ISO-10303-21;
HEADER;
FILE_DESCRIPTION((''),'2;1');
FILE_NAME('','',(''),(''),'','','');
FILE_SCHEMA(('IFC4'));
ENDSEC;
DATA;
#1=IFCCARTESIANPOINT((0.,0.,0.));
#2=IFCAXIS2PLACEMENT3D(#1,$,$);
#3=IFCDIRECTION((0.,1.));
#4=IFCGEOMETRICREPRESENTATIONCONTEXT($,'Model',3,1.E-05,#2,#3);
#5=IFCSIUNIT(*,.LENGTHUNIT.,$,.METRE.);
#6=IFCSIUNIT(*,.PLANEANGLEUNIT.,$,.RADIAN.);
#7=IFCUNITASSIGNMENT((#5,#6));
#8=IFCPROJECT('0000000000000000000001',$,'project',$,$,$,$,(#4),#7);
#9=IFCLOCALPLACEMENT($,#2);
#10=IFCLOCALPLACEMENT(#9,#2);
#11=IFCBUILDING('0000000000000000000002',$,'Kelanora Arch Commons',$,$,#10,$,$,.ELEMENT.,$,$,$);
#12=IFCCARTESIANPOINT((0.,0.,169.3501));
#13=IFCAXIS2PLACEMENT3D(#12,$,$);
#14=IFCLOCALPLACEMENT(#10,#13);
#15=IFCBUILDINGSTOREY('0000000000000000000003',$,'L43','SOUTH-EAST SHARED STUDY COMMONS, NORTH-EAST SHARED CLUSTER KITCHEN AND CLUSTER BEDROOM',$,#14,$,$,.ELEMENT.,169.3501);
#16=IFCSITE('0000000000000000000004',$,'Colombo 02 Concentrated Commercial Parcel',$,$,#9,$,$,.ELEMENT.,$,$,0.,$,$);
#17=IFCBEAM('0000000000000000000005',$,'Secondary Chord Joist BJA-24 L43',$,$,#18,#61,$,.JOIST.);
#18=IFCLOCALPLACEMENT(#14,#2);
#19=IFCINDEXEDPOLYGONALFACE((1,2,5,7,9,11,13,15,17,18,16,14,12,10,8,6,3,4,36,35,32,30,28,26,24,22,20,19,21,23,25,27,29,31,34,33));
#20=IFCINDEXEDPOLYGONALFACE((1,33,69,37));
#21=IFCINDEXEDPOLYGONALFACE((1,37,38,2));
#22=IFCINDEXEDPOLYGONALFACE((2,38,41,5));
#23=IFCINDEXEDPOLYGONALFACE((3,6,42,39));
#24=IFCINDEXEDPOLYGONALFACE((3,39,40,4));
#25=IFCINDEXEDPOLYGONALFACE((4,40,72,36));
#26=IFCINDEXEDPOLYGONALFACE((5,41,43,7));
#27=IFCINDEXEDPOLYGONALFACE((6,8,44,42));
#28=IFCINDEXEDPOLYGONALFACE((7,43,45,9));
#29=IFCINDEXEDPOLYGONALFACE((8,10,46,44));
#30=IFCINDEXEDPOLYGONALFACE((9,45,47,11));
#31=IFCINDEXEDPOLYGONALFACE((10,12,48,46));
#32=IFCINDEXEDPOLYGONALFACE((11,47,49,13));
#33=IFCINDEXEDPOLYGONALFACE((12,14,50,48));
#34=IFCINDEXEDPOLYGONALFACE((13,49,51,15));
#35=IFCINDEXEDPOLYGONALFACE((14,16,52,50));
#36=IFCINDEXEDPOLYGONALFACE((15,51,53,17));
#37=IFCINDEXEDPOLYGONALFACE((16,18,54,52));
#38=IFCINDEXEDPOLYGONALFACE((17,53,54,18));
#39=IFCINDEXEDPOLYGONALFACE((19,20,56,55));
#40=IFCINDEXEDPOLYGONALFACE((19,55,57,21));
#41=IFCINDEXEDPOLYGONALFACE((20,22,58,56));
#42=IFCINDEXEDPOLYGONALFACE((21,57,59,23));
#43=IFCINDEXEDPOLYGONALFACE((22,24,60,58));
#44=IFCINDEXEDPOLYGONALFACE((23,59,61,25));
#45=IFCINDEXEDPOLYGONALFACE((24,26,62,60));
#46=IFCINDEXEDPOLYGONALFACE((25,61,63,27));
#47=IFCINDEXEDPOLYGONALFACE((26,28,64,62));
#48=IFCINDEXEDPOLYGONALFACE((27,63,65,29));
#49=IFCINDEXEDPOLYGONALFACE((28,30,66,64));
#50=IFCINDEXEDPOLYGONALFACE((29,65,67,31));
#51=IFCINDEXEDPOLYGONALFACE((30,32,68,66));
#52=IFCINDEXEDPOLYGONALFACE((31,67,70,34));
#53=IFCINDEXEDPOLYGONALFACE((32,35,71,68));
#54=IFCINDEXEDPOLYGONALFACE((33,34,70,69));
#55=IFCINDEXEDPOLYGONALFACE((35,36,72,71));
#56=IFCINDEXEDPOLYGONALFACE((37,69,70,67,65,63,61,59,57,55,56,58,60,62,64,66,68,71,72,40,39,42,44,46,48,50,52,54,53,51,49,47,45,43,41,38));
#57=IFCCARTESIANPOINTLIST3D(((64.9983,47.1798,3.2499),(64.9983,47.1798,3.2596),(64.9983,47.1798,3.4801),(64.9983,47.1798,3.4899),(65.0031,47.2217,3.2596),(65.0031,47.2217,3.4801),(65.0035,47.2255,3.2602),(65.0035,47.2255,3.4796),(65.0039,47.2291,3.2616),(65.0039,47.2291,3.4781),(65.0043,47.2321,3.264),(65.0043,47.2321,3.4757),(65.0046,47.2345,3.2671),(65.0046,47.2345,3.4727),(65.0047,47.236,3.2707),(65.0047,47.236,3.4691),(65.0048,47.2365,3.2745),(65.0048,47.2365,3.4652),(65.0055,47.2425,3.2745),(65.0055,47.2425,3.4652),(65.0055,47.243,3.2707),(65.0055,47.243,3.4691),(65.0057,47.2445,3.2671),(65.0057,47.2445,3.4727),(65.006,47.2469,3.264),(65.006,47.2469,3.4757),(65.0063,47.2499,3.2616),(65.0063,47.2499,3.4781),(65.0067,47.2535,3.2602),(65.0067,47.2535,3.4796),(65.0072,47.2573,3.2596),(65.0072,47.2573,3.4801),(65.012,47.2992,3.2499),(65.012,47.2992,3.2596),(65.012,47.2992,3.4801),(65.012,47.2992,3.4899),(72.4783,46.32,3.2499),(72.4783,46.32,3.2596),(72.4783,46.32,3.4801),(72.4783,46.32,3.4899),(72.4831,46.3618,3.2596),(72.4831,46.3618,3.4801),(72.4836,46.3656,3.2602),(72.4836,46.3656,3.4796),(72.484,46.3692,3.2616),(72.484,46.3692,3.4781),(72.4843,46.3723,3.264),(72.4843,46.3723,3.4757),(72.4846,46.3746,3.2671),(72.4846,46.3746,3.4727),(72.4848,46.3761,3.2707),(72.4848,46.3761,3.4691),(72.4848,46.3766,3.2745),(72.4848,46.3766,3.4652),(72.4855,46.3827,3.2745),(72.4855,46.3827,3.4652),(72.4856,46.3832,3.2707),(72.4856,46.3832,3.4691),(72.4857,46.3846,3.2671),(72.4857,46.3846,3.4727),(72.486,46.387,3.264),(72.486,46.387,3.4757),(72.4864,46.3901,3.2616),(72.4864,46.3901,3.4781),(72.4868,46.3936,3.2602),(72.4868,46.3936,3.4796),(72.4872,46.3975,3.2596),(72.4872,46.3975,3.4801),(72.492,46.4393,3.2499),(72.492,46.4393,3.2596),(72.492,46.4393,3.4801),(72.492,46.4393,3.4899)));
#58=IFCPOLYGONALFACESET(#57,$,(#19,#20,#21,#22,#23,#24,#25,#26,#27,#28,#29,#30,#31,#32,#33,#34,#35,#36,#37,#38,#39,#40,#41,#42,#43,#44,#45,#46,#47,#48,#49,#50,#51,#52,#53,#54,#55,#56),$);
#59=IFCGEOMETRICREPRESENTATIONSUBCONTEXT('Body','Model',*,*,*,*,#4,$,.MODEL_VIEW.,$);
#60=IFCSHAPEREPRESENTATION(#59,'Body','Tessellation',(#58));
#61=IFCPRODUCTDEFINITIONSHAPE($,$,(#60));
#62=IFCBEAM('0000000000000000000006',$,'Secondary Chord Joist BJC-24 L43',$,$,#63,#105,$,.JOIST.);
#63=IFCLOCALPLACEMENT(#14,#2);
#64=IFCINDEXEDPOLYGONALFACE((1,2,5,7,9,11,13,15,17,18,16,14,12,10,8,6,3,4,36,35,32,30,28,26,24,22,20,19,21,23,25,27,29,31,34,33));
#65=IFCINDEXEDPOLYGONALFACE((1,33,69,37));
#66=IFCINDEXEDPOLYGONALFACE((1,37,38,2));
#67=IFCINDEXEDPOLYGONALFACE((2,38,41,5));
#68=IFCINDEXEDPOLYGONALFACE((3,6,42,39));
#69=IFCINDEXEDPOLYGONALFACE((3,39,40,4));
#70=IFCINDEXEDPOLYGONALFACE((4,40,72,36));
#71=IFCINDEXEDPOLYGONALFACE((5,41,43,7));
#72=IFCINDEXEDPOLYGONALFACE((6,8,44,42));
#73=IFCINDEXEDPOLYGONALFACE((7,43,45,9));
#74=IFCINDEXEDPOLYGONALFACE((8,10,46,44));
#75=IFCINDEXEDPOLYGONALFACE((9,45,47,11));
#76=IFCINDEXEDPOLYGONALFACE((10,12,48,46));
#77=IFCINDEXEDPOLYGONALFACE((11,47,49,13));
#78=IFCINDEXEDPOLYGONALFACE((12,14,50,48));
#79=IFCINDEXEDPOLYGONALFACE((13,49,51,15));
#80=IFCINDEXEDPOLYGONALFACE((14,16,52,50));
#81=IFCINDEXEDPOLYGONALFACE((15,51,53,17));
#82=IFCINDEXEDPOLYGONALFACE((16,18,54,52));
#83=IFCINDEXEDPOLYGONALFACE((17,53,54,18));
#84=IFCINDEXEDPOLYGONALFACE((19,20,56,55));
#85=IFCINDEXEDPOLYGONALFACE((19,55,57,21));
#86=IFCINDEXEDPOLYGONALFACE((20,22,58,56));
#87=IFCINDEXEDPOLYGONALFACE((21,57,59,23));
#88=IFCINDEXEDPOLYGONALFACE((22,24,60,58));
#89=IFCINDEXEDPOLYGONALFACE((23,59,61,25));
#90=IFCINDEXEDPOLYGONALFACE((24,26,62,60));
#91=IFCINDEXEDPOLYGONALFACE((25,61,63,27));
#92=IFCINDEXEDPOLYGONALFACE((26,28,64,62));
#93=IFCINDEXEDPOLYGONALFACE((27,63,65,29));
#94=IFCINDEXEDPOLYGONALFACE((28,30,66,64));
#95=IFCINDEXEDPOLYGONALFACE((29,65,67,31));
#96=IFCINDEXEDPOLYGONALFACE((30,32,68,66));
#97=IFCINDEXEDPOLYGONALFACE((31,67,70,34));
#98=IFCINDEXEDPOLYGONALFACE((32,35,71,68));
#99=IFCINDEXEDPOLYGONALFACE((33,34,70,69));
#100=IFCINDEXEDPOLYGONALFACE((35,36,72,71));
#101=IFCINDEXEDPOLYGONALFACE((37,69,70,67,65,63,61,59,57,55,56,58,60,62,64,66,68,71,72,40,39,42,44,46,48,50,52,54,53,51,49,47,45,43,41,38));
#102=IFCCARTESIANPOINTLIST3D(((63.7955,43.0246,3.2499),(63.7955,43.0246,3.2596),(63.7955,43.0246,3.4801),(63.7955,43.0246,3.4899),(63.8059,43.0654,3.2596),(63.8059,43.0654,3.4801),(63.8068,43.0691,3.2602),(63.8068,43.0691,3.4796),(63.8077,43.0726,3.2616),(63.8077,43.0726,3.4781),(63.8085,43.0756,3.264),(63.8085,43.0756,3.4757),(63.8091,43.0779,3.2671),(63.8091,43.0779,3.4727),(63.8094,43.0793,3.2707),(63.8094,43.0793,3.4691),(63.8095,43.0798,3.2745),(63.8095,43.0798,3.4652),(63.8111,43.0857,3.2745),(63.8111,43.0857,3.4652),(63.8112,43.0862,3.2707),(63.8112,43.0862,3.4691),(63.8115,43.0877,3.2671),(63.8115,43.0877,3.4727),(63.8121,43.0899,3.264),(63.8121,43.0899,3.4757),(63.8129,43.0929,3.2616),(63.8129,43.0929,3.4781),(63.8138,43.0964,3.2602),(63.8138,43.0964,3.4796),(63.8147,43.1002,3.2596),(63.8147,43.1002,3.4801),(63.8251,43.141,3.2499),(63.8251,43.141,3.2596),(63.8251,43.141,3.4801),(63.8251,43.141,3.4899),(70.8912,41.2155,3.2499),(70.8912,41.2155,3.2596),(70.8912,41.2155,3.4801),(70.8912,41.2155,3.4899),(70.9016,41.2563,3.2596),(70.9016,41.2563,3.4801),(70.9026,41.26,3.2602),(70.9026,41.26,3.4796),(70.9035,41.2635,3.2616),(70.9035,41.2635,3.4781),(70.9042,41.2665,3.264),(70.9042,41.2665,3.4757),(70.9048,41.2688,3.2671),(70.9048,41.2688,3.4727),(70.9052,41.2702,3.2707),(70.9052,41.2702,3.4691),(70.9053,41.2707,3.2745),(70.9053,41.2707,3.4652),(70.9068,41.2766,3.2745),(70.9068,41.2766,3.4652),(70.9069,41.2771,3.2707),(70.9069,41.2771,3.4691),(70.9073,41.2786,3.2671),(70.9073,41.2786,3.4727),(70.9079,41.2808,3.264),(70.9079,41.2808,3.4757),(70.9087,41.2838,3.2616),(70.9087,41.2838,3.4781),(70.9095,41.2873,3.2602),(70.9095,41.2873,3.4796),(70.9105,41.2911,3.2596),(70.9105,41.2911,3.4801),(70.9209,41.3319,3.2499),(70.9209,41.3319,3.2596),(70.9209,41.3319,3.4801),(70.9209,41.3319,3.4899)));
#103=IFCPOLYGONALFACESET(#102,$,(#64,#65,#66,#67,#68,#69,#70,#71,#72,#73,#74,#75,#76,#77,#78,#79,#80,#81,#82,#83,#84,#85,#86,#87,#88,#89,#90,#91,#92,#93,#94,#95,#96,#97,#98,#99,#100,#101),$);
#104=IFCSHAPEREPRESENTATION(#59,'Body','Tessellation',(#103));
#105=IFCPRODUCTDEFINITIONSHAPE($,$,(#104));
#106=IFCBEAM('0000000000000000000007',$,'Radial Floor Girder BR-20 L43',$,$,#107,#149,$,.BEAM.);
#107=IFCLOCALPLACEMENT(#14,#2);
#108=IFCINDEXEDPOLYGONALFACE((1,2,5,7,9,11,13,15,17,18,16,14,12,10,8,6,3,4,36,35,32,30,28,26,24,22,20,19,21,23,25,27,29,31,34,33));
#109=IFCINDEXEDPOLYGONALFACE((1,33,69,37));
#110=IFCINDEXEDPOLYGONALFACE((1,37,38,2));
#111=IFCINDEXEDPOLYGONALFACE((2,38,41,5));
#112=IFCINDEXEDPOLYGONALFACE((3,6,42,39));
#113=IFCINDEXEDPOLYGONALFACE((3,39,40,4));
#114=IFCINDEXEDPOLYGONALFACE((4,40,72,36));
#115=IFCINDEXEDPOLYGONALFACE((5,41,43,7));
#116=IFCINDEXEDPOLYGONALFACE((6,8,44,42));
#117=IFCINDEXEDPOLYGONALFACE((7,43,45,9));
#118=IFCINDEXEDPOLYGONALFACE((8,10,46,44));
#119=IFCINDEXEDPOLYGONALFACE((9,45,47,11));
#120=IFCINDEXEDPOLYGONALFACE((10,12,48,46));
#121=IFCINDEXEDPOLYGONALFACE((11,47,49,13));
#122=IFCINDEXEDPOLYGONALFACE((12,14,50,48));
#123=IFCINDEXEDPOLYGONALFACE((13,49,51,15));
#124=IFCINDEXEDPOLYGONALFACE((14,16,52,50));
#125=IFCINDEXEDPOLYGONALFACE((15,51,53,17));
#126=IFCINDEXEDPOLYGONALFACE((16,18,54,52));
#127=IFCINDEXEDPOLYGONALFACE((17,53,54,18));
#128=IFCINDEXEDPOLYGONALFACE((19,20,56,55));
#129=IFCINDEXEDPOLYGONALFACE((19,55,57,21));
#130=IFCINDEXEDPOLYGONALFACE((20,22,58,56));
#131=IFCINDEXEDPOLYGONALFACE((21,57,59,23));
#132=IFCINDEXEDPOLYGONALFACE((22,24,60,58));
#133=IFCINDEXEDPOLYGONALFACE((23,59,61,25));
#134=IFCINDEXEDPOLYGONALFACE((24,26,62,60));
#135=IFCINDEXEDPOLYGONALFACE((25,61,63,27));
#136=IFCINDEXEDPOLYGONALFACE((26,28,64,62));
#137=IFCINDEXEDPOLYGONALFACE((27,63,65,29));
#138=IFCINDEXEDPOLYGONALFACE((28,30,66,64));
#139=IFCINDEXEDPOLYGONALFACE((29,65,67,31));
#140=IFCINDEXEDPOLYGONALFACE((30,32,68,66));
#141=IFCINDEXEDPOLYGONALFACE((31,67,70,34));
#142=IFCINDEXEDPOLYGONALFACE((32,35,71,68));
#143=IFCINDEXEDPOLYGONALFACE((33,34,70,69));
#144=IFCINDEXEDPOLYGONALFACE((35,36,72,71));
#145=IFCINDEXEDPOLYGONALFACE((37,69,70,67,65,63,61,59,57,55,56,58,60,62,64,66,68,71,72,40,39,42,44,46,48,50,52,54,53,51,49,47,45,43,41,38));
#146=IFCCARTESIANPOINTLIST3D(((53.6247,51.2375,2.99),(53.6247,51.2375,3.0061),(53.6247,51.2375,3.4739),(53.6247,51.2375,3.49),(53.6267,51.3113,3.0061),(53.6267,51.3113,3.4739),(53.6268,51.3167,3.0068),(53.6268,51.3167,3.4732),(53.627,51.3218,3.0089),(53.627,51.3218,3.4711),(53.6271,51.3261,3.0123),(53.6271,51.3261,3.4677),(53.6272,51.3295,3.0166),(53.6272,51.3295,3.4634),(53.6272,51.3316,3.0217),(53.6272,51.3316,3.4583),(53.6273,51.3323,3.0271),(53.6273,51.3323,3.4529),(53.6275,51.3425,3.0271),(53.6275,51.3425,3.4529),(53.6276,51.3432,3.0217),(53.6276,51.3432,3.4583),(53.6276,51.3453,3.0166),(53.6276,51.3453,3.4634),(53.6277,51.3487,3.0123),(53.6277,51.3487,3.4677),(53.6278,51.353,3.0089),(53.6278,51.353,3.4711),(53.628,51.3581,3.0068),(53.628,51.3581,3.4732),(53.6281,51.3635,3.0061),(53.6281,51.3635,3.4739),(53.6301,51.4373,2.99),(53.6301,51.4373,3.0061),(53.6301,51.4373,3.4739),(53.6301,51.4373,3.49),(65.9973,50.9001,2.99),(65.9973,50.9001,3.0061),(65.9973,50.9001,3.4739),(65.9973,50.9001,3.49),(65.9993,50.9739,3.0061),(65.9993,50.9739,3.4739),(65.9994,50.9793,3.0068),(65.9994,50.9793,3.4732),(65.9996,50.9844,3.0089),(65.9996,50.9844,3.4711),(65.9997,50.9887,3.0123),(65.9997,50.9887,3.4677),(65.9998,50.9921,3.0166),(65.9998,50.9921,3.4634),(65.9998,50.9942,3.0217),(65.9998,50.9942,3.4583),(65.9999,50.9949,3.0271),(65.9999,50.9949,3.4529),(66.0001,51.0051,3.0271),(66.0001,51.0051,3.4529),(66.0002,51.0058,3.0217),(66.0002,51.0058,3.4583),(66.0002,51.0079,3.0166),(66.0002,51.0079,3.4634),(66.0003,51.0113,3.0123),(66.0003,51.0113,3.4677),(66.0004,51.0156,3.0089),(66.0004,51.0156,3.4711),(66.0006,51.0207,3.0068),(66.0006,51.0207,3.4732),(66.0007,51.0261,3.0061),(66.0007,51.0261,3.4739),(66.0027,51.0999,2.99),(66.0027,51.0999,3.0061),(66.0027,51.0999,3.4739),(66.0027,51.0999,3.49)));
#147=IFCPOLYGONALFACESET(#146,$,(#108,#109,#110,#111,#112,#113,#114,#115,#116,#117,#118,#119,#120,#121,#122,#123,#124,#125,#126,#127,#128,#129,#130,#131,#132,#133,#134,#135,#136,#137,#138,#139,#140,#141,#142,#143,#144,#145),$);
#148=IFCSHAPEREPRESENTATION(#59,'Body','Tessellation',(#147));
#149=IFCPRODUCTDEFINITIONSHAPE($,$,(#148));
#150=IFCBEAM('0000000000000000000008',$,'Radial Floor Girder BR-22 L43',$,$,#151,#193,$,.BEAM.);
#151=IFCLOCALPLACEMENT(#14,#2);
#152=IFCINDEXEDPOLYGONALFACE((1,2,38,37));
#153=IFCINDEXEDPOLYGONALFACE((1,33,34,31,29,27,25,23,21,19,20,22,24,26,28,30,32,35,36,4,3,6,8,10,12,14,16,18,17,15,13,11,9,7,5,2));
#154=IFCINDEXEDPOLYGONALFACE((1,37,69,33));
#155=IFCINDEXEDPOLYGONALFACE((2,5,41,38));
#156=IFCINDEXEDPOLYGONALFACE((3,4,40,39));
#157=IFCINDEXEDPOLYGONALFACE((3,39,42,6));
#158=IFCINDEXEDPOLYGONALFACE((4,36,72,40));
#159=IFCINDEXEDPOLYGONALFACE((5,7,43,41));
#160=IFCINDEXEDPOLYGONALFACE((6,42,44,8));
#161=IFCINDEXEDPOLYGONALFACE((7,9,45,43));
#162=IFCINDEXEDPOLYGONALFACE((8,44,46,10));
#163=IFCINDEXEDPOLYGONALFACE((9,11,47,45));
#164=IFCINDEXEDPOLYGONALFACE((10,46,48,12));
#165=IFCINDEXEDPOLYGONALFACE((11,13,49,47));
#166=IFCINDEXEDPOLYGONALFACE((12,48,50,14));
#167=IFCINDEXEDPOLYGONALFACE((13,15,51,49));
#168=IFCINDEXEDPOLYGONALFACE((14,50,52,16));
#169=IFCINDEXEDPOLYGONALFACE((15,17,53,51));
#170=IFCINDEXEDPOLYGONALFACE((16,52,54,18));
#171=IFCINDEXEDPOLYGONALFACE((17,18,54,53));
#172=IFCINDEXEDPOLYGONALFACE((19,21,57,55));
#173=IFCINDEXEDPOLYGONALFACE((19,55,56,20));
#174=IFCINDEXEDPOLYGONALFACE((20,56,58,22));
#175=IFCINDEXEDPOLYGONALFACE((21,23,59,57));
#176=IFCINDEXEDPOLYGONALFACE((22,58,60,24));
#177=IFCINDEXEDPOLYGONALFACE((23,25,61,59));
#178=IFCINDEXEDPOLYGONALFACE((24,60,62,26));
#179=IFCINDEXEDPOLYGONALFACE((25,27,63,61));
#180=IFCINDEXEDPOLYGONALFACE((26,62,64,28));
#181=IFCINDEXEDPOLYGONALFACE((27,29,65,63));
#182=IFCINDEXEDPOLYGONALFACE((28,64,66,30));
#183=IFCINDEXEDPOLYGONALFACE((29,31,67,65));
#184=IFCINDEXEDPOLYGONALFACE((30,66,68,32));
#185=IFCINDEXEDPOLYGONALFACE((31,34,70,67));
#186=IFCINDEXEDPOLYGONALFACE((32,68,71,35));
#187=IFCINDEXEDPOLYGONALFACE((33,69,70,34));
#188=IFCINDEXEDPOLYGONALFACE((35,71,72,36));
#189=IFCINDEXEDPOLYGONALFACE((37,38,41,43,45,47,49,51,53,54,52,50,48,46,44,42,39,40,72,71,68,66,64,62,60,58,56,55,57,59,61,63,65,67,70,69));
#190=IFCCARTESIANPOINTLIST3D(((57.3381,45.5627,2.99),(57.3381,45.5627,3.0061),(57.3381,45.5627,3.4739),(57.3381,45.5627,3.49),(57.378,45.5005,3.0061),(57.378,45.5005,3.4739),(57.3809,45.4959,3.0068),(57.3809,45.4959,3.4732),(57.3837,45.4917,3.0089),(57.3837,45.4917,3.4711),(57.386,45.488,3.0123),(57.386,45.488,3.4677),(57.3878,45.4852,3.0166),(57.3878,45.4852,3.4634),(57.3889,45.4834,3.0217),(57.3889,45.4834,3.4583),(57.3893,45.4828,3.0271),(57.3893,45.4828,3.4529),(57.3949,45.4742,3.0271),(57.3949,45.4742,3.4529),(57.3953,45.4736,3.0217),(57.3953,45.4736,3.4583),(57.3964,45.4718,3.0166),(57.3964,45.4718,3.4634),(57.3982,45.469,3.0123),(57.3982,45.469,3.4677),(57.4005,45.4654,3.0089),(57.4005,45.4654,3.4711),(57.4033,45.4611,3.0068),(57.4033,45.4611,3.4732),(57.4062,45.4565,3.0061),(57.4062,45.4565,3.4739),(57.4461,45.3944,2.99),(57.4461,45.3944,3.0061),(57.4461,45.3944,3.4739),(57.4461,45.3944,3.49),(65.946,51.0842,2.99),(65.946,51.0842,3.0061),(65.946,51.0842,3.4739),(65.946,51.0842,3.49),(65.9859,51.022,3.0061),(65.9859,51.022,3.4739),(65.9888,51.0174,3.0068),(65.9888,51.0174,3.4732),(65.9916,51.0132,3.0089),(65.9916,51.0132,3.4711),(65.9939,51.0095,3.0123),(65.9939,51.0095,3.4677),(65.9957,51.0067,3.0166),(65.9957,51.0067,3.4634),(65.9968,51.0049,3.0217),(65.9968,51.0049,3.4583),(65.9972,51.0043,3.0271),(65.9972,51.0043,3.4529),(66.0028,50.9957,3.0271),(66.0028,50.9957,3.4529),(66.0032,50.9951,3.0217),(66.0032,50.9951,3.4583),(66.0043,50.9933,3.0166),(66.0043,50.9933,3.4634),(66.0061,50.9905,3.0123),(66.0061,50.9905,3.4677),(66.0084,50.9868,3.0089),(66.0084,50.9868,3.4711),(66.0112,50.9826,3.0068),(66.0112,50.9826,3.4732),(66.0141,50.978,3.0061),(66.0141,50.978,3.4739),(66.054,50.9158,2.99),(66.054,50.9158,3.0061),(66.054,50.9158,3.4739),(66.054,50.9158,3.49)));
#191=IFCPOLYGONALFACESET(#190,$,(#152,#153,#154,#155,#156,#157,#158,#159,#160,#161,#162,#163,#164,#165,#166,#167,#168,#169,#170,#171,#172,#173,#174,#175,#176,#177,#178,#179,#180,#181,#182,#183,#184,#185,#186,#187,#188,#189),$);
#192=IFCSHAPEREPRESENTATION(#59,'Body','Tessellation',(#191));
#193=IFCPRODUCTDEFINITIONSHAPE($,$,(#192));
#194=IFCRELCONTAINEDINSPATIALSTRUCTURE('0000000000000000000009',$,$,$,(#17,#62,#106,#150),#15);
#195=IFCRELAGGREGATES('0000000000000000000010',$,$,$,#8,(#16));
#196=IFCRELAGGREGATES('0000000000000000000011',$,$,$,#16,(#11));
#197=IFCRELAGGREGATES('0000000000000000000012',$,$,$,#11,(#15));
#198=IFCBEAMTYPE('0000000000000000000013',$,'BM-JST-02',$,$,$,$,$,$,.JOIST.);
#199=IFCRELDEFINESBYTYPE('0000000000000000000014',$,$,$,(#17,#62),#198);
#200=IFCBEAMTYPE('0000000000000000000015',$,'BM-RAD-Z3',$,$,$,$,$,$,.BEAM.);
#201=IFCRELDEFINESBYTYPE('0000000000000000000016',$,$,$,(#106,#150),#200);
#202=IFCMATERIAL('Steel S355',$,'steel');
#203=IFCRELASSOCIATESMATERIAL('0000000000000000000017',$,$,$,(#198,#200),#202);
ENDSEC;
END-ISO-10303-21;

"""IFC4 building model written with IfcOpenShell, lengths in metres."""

from ifc_helpers import new_model, si_unit, direction, frame, origin, origin_2d, place, context, subcontext, project, spatial, i_section, extrude, material, material_profile, profile_set, type_object, element, save


model = new_model("IFC4")

# Units and contexts
model_context = context("Model", 3, precision=1e-05, world=origin(), true_north=direction((0.0, 1.0)))
body_context = subcontext(model_context, "Body", "Model", "MODEL_VIEW")
ifc_project = project(units=[si_unit("LENGTHUNIT", "METRE"), si_unit("PLANEANGLEUNIT", "RADIAN")], contexts=[model_context])

# Site, building, storey
site_placement = place(None, origin())
site = spatial("IfcSite", under=ifc_project, at=site_placement, Name="Colombo 02 Concentrated Commercial Parcel", CompositionType="ELEMENT", RefElevation=0.0)
building_placement = place(site_placement, origin())
building = spatial("IfcBuilding", under=site, at=building_placement, Name="Kelanora Arch Commons", CompositionType="ELEMENT")
storey_placement = place(building_placement, frame((0.0, 0.0, 169.3501)))
storey = spatial("IfcBuildingStorey", under=building, at=storey_placement, Name="L43", Description="SOUTH-EAST SHARED STUDY COMMONS, NORTH-EAST SHARED CLUSTER KITCHEN AND CLUSTER BEDROOM", CompositionType="ELEMENT", Elevation=169.3501)

# Beams
ifc_material_1 = material(Name="Steel S355", Category="steel")
ifc_material_profile_1 = material_profile(ifc_material_1, i_section(OverallWidth=0.1201, OverallDepth=0.24, WebThickness=0.0061, FlangeThickness=0.0098, FilletRadius=0.0149, at=origin_2d()), Name="IPE240")
ifc_profile_set_1 = profile_set([ifc_material_profile_1], Name="Steel S355")
beam_type_1 = type_object("IfcBeamType", Name="BM-JST-02", PredefinedType="JOIST", material=ifc_profile_set_1)
beam_1_placement = place(storey_placement, frame((65.0051, 47.2395, 3.3699), z_axis=(0.993457, -0.114203, 0.0), x_axis=(0.114203, 0.993457, 0.0)))
element("IfcBeam", 1, at=beam_1_placement, inside=storey, type_object=beam_type_1, Name="Secondary Chord Joist BJA-24 L43", PredefinedType="JOIST", context=body_context, shape_type="SweptSolid", body=[
    extrude(i_section(OverallWidth=0.1201, OverallDepth=0.24, WebThickness=0.0061, FlangeThickness=0.0098, FilletRadius=0.0149, at=origin_2d()), origin(), (0.0, 0.0, 1.0), 7.5293),
])
beam_2_placement = place(storey_placement, frame((63.8103, 43.0828, 3.3699), z_axis=(0.969002, -0.247052, 0.0), x_axis=(0.247052, 0.969002, 0.0)))
element("IfcBeam", 2, at=beam_2_placement, inside=storey, type_object=beam_type_1, Name="Secondary Chord Joist BJC-24 L43", PredefinedType="JOIST", context=body_context, shape_type="SweptSolid", body=[
    extrude(i_section(OverallWidth=0.1201, OverallDepth=0.24, WebThickness=0.0061, FlangeThickness=0.0098, FilletRadius=0.0149, at=origin_2d()), origin(), (0.0, 0.0, 1.0), 7.3228),
])
ifc_material_profile_2 = material_profile(ifc_material_1, i_section(OverallWidth=0.2, OverallDepth=0.5, WebThickness=0.0103, FlangeThickness=0.0161, FilletRadius=0.021, at=origin_2d()), Name="IPE500")
ifc_profile_set_2 = profile_set([ifc_material_profile_2], Name="Steel S355")
beam_type_2 = type_object("IfcBeamType", Name="BM-RAD-Z3", PredefinedType="BEAM", material=ifc_profile_set_2)
beam_3_placement = place(storey_placement, frame((66.0, 51.0, 3.24), z_axis=(-0.999628, 0.02726, 0.0), x_axis=(-0.02726, -0.999628, 0.0)))
element("IfcBeam", 3, at=beam_3_placement, inside=storey, type_object=beam_type_2, Name="Radial Floor Girder BR-20 L43", PredefinedType="BEAM", context=body_context, shape_type="SweptSolid", body=[
    extrude(i_section(OverallWidth=0.2, OverallDepth=0.5, WebThickness=0.0103, FlangeThickness=0.0161, FilletRadius=0.021, at=origin_2d()), origin(), (0.0, 0.0, 1.0), 12.3772),
])
beam_4_placement = place(storey_placement, frame((66.0, 51.0, 3.24), z_axis=(-0.841719, -0.539915, 0.0), x_axis=(0.539915, -0.841719, 0.0)))
element("IfcBeam", 4, at=beam_4_placement, inside=storey, type_object=beam_type_2, Name="Radial Floor Girder BR-22 L43", PredefinedType="BEAM", context=body_context, shape_type="SweptSolid", body=[
    extrude(i_section(OverallWidth=0.2, OverallDepth=0.5, WebThickness=0.0103, FlangeThickness=0.0161, FilletRadius=0.021, at=origin_2d()), origin(), (0.0, 0.0, 1.0), 10.2266),
])

save(model, "model.ifc")
